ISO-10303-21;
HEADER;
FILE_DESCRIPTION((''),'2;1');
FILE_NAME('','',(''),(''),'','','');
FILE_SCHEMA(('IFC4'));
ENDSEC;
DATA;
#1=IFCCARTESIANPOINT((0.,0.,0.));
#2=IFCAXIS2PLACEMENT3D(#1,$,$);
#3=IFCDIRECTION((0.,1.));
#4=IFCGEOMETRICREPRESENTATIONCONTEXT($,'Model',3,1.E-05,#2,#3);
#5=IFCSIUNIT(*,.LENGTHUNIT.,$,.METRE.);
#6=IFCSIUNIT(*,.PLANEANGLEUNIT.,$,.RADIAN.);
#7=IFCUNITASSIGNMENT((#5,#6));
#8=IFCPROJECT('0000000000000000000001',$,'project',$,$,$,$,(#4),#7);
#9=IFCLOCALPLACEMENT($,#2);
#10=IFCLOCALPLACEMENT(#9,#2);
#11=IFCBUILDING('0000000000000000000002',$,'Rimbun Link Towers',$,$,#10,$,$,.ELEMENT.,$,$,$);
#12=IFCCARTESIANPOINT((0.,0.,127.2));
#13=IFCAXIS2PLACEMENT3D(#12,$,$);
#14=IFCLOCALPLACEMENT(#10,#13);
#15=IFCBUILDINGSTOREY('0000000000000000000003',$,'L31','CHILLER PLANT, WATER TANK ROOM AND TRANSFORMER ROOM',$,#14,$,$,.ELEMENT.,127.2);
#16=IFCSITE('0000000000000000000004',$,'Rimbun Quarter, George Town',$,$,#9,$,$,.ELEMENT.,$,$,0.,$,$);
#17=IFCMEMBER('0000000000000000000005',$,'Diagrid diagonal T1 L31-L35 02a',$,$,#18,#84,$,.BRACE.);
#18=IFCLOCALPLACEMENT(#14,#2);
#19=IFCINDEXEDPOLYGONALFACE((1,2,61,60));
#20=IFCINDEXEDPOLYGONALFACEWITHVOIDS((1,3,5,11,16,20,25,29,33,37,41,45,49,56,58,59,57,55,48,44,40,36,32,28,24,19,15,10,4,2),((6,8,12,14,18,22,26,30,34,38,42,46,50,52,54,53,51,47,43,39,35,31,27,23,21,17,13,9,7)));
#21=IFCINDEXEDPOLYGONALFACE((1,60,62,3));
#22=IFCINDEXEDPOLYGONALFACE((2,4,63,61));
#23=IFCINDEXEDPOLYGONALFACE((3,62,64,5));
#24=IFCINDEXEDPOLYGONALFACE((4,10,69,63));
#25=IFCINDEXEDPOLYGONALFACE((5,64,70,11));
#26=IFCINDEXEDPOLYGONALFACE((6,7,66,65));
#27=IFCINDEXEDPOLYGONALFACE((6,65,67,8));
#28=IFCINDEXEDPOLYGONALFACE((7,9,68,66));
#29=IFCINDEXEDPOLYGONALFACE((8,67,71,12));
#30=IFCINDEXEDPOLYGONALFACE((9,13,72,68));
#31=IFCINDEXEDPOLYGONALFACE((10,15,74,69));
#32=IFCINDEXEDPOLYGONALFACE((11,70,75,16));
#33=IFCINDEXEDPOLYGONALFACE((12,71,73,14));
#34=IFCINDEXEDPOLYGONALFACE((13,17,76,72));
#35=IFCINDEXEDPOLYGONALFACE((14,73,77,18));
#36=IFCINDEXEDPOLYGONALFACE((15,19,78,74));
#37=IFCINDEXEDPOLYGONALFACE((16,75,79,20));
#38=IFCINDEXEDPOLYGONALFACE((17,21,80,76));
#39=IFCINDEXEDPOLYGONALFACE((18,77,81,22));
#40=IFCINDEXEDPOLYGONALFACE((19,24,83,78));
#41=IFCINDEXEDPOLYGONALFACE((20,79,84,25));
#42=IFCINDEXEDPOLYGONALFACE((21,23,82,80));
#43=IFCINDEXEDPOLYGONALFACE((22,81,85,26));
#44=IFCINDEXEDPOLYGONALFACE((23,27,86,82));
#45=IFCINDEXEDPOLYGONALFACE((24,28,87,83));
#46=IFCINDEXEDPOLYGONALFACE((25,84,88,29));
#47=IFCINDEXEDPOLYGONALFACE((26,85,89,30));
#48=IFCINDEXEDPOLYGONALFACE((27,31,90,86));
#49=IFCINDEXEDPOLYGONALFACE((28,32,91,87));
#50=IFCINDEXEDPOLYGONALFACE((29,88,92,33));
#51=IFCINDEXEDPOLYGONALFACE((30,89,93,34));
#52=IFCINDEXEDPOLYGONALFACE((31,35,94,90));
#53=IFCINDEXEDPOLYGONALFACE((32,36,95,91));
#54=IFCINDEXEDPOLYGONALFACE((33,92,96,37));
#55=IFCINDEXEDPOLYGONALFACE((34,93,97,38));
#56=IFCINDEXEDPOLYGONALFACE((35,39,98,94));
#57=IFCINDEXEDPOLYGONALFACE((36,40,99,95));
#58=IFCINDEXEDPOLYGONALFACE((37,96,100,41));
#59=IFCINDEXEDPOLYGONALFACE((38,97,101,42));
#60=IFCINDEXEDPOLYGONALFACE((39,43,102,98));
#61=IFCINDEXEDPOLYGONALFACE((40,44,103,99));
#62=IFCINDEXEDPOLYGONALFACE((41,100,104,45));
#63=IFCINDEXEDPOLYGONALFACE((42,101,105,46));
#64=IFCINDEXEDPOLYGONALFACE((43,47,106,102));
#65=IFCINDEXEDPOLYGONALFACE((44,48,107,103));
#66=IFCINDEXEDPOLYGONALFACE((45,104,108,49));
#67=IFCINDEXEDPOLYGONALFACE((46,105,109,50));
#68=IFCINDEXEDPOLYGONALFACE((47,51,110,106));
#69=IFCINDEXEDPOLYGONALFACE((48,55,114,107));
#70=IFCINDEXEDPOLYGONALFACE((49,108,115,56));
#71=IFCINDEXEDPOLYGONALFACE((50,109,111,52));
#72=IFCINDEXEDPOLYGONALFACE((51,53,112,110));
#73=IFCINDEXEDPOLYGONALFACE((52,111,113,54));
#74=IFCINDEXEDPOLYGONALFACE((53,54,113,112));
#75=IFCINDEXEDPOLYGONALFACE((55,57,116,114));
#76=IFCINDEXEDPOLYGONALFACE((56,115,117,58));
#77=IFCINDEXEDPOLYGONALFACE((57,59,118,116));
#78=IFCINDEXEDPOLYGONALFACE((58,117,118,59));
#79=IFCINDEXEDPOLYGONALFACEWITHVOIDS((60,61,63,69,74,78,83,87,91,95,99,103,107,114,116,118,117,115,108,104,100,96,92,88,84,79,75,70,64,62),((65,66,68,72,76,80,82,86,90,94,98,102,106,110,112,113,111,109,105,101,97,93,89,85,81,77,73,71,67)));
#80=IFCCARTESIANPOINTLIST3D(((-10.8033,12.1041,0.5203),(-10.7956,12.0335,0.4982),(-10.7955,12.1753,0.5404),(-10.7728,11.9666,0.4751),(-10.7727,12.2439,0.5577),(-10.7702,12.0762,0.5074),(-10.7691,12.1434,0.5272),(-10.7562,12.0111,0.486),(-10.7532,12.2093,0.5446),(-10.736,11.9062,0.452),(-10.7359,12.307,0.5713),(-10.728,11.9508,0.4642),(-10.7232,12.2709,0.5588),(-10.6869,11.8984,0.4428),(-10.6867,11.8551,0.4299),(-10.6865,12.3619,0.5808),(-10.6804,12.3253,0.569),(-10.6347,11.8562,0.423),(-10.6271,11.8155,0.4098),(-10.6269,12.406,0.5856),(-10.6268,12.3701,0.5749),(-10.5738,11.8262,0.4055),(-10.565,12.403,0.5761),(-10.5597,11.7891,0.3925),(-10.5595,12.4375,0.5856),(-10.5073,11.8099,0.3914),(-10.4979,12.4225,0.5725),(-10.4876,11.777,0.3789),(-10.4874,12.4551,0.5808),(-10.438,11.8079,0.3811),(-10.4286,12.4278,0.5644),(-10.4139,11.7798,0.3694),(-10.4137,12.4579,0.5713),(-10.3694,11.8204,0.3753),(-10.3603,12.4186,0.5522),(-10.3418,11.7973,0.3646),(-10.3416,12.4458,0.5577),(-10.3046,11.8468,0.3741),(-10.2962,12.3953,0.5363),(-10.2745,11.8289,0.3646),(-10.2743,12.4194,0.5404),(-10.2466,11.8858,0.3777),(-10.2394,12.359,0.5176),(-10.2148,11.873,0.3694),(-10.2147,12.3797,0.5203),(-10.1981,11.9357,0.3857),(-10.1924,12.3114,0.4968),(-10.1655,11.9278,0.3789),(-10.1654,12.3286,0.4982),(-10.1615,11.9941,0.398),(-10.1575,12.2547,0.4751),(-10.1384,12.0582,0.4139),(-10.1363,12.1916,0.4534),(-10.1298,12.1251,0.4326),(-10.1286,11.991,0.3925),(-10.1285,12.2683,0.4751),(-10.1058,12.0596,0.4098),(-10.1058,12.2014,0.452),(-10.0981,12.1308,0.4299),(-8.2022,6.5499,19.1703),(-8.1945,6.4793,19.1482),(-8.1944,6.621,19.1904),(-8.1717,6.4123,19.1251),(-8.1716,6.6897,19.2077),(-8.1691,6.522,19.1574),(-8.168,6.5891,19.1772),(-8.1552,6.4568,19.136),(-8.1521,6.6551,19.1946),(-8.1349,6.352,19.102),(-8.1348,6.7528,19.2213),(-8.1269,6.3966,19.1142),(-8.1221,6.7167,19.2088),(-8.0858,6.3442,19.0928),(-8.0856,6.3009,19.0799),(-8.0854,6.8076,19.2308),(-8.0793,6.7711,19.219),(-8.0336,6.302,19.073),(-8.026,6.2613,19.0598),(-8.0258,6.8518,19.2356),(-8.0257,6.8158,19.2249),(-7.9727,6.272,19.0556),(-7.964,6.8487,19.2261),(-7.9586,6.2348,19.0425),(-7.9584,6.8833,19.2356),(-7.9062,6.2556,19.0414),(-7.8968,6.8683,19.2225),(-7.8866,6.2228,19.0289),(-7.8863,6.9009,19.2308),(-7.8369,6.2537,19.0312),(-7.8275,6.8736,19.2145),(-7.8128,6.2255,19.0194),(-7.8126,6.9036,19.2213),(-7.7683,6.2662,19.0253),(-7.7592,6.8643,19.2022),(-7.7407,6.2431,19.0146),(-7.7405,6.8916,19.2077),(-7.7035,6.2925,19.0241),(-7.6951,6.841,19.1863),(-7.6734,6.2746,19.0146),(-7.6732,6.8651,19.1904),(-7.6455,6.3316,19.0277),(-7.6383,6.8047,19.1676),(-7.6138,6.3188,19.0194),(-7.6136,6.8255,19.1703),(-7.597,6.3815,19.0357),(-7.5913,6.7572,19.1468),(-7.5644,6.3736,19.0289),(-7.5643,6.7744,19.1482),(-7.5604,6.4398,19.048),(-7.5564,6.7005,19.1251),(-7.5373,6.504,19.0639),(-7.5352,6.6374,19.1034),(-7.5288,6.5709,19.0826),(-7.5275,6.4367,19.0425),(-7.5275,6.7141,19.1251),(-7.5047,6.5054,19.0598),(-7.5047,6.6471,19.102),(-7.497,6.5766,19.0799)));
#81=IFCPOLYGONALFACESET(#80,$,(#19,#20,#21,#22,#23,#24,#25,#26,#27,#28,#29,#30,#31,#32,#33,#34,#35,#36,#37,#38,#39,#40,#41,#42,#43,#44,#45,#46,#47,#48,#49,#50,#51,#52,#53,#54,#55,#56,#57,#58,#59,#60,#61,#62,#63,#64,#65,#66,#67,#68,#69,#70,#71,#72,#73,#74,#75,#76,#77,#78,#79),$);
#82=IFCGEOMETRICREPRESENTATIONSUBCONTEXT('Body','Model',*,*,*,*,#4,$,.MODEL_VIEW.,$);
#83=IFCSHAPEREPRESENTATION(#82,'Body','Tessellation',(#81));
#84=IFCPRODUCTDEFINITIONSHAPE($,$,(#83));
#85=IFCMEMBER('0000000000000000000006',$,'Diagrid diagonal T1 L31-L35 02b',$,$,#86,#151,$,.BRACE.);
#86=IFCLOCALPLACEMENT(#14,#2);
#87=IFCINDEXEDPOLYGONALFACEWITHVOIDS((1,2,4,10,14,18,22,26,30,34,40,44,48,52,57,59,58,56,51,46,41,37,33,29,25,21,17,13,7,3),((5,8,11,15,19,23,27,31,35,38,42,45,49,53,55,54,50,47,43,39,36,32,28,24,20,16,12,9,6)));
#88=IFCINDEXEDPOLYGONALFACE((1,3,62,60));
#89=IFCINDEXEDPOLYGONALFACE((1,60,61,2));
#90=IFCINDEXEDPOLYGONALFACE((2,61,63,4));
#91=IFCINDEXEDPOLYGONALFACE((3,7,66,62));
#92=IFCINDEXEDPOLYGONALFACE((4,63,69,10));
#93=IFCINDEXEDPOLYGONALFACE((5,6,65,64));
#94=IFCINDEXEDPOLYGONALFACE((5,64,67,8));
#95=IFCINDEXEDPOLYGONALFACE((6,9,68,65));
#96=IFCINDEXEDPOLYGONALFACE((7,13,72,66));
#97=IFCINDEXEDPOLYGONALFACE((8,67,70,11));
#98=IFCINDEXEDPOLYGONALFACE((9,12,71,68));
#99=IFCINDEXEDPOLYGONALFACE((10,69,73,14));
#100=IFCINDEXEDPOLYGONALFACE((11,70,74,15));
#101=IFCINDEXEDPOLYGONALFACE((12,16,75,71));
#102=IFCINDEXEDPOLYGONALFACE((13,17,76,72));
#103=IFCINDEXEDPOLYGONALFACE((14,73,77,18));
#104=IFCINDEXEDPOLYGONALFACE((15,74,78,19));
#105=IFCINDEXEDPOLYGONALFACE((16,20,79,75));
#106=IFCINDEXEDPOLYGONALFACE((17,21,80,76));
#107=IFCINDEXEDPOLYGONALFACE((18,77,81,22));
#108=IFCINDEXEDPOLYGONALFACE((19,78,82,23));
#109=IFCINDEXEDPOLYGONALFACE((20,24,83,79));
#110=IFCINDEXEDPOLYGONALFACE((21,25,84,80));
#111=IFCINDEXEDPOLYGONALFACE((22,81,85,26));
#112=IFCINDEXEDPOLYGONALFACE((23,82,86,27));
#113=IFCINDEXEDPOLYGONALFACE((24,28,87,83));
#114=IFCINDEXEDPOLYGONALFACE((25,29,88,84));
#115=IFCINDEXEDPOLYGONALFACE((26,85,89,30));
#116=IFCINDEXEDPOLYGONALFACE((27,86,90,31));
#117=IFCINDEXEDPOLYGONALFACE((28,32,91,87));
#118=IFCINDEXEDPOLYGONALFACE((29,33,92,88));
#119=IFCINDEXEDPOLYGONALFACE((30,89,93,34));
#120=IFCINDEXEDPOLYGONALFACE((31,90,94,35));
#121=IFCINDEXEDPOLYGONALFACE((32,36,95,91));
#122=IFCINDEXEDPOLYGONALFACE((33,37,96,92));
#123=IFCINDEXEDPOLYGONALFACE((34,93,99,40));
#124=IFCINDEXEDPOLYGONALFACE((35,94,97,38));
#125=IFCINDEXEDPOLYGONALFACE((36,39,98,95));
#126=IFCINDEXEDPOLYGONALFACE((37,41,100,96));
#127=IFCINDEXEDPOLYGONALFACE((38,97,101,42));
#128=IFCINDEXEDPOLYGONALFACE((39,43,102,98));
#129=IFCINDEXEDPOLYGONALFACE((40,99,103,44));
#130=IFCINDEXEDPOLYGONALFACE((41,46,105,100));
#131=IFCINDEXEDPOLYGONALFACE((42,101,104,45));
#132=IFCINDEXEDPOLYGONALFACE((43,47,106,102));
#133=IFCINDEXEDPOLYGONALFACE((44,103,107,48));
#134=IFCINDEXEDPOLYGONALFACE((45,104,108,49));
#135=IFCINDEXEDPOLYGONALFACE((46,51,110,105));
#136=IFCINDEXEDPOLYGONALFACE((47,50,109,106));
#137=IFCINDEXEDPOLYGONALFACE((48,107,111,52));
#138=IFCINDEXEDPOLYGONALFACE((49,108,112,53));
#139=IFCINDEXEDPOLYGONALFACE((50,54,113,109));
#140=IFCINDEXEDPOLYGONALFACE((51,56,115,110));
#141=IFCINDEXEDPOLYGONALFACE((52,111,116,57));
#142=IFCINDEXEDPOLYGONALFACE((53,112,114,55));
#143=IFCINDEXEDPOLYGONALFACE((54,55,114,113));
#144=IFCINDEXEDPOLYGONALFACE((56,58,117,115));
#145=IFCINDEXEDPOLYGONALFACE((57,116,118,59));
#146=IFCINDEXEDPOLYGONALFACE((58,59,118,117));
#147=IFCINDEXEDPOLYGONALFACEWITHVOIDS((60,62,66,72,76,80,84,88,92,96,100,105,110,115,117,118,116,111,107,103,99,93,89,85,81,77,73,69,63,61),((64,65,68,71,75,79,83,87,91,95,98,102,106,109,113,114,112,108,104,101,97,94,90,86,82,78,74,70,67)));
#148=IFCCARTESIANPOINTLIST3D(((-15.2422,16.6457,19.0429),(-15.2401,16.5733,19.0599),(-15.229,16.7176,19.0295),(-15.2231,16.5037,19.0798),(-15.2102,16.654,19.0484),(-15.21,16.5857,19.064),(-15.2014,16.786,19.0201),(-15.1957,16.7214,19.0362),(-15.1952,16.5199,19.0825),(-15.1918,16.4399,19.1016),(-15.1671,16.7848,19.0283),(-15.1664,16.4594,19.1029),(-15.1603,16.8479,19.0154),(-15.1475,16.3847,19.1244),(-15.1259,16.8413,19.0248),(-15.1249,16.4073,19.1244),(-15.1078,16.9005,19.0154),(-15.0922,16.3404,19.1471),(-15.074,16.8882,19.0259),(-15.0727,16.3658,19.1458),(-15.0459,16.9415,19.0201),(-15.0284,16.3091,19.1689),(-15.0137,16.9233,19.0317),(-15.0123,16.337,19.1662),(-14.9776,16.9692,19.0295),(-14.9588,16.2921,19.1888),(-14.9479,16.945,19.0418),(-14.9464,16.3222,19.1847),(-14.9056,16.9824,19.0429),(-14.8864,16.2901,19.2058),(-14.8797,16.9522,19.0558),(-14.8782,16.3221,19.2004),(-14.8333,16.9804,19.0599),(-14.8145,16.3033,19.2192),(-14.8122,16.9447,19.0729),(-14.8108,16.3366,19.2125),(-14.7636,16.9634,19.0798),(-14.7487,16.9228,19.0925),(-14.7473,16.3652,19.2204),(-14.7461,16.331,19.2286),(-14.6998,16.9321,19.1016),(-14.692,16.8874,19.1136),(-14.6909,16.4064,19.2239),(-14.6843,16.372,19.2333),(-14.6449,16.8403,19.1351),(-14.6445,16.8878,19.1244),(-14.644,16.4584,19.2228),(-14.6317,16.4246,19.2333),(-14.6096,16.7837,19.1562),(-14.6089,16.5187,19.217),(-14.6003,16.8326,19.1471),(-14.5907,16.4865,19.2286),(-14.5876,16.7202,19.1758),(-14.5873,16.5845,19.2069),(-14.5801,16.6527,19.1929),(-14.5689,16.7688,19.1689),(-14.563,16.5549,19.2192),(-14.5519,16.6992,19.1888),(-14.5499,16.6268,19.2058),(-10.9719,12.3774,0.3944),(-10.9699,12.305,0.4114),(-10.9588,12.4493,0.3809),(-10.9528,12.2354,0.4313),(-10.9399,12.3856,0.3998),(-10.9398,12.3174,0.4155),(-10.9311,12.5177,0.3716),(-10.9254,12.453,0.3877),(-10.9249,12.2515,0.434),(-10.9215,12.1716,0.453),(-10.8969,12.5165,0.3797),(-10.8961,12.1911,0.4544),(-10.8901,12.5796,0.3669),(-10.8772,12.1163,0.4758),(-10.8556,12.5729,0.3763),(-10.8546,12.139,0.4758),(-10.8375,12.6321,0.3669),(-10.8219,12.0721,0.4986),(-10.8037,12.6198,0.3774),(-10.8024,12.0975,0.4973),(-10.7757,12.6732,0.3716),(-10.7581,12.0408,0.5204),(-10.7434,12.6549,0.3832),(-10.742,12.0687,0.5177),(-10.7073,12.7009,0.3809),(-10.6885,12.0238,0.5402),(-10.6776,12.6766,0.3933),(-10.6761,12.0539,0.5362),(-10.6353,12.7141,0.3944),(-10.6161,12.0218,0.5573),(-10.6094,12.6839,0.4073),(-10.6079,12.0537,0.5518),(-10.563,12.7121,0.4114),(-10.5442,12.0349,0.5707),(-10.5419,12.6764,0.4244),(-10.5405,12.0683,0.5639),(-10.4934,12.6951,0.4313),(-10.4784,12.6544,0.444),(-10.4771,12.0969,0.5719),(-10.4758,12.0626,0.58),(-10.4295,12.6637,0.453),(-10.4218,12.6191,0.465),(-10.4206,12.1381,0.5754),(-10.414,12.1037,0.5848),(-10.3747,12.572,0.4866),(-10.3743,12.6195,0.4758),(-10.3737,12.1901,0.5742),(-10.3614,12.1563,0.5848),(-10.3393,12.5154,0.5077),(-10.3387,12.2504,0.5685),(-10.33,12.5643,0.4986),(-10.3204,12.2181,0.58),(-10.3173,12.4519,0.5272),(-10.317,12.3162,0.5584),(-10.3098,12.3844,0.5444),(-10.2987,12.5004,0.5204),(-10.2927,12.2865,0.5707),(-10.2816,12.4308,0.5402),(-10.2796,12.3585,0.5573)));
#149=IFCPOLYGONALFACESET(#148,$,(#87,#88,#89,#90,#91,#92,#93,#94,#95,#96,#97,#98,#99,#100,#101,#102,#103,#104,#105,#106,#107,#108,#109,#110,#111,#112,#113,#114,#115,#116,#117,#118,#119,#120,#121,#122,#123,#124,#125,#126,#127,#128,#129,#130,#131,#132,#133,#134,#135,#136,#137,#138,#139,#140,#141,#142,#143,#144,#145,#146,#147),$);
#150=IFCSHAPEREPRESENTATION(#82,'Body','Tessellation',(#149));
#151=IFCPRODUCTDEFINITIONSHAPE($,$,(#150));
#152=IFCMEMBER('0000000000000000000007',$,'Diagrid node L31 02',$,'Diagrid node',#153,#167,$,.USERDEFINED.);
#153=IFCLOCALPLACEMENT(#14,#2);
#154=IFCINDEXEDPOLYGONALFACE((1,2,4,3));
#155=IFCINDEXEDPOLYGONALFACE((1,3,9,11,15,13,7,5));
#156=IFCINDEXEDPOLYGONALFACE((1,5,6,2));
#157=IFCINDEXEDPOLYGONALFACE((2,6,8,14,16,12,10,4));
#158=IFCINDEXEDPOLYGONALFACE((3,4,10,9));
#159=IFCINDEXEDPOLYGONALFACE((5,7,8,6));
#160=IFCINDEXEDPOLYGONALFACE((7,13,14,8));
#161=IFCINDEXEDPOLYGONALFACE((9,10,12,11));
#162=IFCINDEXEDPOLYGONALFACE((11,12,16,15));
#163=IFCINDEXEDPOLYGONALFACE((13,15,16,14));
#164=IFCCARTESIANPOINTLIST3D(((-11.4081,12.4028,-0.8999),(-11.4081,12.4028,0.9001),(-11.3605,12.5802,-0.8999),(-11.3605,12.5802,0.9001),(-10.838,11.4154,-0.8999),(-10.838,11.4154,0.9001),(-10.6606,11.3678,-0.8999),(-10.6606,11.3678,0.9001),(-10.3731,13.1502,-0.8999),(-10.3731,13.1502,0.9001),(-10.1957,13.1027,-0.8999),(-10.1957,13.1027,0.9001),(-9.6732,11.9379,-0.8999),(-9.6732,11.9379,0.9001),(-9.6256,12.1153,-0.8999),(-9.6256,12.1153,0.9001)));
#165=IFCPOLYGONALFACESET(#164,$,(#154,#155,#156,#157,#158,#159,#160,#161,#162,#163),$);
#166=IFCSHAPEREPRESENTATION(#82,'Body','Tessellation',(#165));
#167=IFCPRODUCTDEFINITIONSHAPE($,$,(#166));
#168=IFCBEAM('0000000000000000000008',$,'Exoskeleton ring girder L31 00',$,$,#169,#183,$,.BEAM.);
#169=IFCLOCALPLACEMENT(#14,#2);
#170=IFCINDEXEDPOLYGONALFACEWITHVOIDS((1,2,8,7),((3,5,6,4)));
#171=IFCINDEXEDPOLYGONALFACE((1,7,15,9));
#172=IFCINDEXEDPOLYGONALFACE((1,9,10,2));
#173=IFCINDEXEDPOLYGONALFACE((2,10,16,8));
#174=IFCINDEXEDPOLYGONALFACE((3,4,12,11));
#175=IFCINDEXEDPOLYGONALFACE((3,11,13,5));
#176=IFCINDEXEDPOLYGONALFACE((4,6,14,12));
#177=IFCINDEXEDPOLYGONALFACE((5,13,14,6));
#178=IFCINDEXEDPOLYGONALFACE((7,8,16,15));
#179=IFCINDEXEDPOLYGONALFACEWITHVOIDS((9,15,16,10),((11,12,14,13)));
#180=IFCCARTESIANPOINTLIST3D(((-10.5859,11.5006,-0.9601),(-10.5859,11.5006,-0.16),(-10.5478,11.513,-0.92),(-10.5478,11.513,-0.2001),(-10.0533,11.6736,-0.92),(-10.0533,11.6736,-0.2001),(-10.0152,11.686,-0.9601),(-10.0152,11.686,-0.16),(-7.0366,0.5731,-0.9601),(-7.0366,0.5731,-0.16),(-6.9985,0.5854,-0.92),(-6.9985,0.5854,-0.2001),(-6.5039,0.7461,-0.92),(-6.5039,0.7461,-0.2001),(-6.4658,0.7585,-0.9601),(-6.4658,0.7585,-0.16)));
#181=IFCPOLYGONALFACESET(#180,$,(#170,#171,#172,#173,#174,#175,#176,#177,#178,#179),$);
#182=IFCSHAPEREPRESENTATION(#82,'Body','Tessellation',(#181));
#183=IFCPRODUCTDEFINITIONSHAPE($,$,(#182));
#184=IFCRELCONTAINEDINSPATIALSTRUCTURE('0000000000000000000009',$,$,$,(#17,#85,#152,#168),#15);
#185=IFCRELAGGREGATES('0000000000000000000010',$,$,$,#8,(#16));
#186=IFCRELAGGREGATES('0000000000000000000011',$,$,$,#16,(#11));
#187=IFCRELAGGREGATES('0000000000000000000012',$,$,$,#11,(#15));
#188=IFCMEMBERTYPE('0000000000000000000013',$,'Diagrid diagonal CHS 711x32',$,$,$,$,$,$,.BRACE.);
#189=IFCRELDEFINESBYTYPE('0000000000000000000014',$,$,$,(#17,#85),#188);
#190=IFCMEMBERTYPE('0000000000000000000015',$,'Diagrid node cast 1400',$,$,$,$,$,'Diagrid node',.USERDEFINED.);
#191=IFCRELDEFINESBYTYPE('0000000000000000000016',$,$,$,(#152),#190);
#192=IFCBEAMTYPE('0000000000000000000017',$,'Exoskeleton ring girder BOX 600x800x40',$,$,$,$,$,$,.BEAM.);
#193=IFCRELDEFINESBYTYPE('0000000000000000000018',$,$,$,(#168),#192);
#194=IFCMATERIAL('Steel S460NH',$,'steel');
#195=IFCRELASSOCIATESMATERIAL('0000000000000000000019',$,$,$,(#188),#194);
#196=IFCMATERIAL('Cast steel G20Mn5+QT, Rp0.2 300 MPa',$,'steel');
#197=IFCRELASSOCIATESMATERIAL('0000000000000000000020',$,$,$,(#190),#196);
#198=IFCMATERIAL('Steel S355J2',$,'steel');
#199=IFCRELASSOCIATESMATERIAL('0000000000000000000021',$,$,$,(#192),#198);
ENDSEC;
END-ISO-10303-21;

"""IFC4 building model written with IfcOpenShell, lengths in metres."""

from ifc_helpers import new_model, si_unit, direction, frame, origin, origin_2d, place, context, subcontext, project, spatial, polyline, hollow_rectangle, hollow_circle, outline, extrude, material, material_profile, profile_set, type_object, element, save


model = new_model("IFC4")

# Units and contexts
model_context = context("Model", 3, precision=1e-05, world=origin(), true_north=direction((0.0, 1.0)))
body_context = subcontext(model_context, "Body", "Model", "MODEL_VIEW")
ifc_project = project(units=[si_unit("LENGTHUNIT", "METRE"), si_unit("PLANEANGLEUNIT", "RADIAN")], contexts=[model_context])

# Site, building, storey
site_placement = place(None, origin())
site = spatial("IfcSite", under=ifc_project, at=site_placement, Name="Rimbun Quarter, George Town", CompositionType="ELEMENT", RefElevation=0.0)
building_placement = place(site_placement, origin())
building = spatial("IfcBuilding", under=site, at=building_placement, Name="Rimbun Link Towers", CompositionType="ELEMENT")
storey_placement = place(building_placement, frame((0.0, 0.0, 127.2)))
storey = spatial("IfcBuildingStorey", under=building, at=storey_placement, Name="L31", Description="CHILLER PLANT, WATER TANK ROOM AND TRANSFORMER ROOM", CompositionType="ELEMENT", Elevation=127.2)

# Members
ifc_material_1 = material(Name="Steel S460NH", Category="steel")
ifc_material_profile_1 = material_profile(ifc_material_1, hollow_circle(Radius=0.3557, WallThickness=0.032, at=origin_2d()), Name="Diagrid diagonal CHS 711x32")
ifc_profile_set_1 = profile_set([ifc_material_profile_1], Name="Steel S460NH")
member_type_1 = type_object("IfcMemberType", Name="Diagrid diagonal CHS 711x32", PredefinedType="BRACE", material=ifc_profile_set_1)
member_1_placement = place(storey_placement, frame((-10.4507, 12.1174, 0.4751), z_axis=(0.132488, -0.282909, 0.949952), x_axis=(0.905613, 0.424105, 0.0)))
element("IfcMember", 1, at=member_1_placement, inside=storey, type_object=member_type_1, Name="Diagrid diagonal T1 L31-L35 02a", PredefinedType="BRACE", context=body_context, shape_type="SweptSolid", body=[
    extrude(hollow_circle(Radius=0.3557, WallThickness=0.032, at=origin_2d()), origin(), (0.0, 0.0, 1.0), 19.6326),
])
member_2_placement = place(storey_placement, frame((-10.6257, 12.3679, 0.4758), z_axis=(-0.217854, 0.217755, 0.951379), x_axis=(-0.706945, -0.707269, 0.0)))
element("IfcMember", 2, at=member_2_placement, inside=storey, type_object=member_type_1, Name="Diagrid diagonal T1 L31-L35 02b", PredefinedType="BRACE", context=body_context, shape_type="SweptSolid", body=[
    extrude(hollow_circle(Radius=0.3557, WallThickness=0.032, at=origin_2d()), origin(), (0.0, 0.0, 1.0), 19.6016),
])
ifc_material_2 = material(Name="Cast steel G20Mn5+QT, Rp0.2 300 MPa", Category="steel")
ifc_material_profile_2 = material_profile(ifc_material_2, outline(polyline([(0.7, -0.5701), (0.7, 0.5701), (0.5701, 0.7), (-0.5701, 0.7), (-0.7, 0.5701), (-0.7, -0.5701), (-0.5701, -0.7), (0.5701, -0.7), (0.7, -0.5701)])), Name="NODE 1400x1400")
ifc_profile_set_2 = profile_set([ifc_material_profile_2], Name="Cast steel G20Mn5+QT, Rp0.2 300 MPa")
member_type_2 = type_object("IfcMemberType", Name="Diagrid node cast 1400", ElementType="Diagrid node", PredefinedType="USERDEFINED", material=ifc_profile_set_2)
member_3_placement = place(storey_placement, frame((-10.5168, 12.259, -0.8999), z_axis=(0.0, 0.0, 1.0), x_axis=(0.866025, 0.5, 0.0)))
element("IfcMember", 3, at=member_3_placement, inside=storey, type_object=member_type_2, Name="Diagrid node L31 02", ObjectType="Diagrid node", PredefinedType="USERDEFINED", context=body_context, shape_type="SweptSolid", body=[
    extrude(outline(polyline([(0.7, -0.5701), (0.7, 0.5701), (0.5701, 0.7), (-0.5701, 0.7), (-0.7, 0.5701), (-0.7, -0.5701), (-0.5701, -0.7), (0.5701, -0.7), (0.7, -0.5701)])), origin(), (0.0, 0.0, 1.0), 1.8),
])

# Beam
ifc_material_3 = material(Name="Steel S355J2", Category="steel")
ifc_material_profile_3 = material_profile(ifc_material_3, hollow_rectangle(XDim=0.6001, YDim=0.8, WallThickness=0.04, at=origin_2d()), Name="Exoskeleton ring girder BOX 600x800x40")
ifc_profile_set_3 = profile_set([ifc_material_profile_3], Name="Steel S355J2")
beam_type_1 = type_object("IfcBeamType", Name="Exoskeleton ring girder BOX 600x800x40", PredefinedType="BEAM", material=ifc_profile_set_3)
beam_1_placement = place(storey_placement, frame((-6.7512, 0.6658, -0.5601), z_axis=(-0.308919, 0.951088, 0.0), x_axis=(-0.951088, -0.308919, 0.0)))
element("IfcBeam", 4, at=beam_1_placement, inside=storey, type_object=beam_type_1, Name="Exoskeleton ring girder L31 00", PredefinedType="BEAM", context=body_context, shape_type="SweptSolid", body=[
    extrude(hollow_rectangle(XDim=0.6001, YDim=0.8, WallThickness=0.04, at=origin_2d()), origin(), (0.0, 0.0, 1.0), 11.4895),
])

save(model, "model.ifc")
